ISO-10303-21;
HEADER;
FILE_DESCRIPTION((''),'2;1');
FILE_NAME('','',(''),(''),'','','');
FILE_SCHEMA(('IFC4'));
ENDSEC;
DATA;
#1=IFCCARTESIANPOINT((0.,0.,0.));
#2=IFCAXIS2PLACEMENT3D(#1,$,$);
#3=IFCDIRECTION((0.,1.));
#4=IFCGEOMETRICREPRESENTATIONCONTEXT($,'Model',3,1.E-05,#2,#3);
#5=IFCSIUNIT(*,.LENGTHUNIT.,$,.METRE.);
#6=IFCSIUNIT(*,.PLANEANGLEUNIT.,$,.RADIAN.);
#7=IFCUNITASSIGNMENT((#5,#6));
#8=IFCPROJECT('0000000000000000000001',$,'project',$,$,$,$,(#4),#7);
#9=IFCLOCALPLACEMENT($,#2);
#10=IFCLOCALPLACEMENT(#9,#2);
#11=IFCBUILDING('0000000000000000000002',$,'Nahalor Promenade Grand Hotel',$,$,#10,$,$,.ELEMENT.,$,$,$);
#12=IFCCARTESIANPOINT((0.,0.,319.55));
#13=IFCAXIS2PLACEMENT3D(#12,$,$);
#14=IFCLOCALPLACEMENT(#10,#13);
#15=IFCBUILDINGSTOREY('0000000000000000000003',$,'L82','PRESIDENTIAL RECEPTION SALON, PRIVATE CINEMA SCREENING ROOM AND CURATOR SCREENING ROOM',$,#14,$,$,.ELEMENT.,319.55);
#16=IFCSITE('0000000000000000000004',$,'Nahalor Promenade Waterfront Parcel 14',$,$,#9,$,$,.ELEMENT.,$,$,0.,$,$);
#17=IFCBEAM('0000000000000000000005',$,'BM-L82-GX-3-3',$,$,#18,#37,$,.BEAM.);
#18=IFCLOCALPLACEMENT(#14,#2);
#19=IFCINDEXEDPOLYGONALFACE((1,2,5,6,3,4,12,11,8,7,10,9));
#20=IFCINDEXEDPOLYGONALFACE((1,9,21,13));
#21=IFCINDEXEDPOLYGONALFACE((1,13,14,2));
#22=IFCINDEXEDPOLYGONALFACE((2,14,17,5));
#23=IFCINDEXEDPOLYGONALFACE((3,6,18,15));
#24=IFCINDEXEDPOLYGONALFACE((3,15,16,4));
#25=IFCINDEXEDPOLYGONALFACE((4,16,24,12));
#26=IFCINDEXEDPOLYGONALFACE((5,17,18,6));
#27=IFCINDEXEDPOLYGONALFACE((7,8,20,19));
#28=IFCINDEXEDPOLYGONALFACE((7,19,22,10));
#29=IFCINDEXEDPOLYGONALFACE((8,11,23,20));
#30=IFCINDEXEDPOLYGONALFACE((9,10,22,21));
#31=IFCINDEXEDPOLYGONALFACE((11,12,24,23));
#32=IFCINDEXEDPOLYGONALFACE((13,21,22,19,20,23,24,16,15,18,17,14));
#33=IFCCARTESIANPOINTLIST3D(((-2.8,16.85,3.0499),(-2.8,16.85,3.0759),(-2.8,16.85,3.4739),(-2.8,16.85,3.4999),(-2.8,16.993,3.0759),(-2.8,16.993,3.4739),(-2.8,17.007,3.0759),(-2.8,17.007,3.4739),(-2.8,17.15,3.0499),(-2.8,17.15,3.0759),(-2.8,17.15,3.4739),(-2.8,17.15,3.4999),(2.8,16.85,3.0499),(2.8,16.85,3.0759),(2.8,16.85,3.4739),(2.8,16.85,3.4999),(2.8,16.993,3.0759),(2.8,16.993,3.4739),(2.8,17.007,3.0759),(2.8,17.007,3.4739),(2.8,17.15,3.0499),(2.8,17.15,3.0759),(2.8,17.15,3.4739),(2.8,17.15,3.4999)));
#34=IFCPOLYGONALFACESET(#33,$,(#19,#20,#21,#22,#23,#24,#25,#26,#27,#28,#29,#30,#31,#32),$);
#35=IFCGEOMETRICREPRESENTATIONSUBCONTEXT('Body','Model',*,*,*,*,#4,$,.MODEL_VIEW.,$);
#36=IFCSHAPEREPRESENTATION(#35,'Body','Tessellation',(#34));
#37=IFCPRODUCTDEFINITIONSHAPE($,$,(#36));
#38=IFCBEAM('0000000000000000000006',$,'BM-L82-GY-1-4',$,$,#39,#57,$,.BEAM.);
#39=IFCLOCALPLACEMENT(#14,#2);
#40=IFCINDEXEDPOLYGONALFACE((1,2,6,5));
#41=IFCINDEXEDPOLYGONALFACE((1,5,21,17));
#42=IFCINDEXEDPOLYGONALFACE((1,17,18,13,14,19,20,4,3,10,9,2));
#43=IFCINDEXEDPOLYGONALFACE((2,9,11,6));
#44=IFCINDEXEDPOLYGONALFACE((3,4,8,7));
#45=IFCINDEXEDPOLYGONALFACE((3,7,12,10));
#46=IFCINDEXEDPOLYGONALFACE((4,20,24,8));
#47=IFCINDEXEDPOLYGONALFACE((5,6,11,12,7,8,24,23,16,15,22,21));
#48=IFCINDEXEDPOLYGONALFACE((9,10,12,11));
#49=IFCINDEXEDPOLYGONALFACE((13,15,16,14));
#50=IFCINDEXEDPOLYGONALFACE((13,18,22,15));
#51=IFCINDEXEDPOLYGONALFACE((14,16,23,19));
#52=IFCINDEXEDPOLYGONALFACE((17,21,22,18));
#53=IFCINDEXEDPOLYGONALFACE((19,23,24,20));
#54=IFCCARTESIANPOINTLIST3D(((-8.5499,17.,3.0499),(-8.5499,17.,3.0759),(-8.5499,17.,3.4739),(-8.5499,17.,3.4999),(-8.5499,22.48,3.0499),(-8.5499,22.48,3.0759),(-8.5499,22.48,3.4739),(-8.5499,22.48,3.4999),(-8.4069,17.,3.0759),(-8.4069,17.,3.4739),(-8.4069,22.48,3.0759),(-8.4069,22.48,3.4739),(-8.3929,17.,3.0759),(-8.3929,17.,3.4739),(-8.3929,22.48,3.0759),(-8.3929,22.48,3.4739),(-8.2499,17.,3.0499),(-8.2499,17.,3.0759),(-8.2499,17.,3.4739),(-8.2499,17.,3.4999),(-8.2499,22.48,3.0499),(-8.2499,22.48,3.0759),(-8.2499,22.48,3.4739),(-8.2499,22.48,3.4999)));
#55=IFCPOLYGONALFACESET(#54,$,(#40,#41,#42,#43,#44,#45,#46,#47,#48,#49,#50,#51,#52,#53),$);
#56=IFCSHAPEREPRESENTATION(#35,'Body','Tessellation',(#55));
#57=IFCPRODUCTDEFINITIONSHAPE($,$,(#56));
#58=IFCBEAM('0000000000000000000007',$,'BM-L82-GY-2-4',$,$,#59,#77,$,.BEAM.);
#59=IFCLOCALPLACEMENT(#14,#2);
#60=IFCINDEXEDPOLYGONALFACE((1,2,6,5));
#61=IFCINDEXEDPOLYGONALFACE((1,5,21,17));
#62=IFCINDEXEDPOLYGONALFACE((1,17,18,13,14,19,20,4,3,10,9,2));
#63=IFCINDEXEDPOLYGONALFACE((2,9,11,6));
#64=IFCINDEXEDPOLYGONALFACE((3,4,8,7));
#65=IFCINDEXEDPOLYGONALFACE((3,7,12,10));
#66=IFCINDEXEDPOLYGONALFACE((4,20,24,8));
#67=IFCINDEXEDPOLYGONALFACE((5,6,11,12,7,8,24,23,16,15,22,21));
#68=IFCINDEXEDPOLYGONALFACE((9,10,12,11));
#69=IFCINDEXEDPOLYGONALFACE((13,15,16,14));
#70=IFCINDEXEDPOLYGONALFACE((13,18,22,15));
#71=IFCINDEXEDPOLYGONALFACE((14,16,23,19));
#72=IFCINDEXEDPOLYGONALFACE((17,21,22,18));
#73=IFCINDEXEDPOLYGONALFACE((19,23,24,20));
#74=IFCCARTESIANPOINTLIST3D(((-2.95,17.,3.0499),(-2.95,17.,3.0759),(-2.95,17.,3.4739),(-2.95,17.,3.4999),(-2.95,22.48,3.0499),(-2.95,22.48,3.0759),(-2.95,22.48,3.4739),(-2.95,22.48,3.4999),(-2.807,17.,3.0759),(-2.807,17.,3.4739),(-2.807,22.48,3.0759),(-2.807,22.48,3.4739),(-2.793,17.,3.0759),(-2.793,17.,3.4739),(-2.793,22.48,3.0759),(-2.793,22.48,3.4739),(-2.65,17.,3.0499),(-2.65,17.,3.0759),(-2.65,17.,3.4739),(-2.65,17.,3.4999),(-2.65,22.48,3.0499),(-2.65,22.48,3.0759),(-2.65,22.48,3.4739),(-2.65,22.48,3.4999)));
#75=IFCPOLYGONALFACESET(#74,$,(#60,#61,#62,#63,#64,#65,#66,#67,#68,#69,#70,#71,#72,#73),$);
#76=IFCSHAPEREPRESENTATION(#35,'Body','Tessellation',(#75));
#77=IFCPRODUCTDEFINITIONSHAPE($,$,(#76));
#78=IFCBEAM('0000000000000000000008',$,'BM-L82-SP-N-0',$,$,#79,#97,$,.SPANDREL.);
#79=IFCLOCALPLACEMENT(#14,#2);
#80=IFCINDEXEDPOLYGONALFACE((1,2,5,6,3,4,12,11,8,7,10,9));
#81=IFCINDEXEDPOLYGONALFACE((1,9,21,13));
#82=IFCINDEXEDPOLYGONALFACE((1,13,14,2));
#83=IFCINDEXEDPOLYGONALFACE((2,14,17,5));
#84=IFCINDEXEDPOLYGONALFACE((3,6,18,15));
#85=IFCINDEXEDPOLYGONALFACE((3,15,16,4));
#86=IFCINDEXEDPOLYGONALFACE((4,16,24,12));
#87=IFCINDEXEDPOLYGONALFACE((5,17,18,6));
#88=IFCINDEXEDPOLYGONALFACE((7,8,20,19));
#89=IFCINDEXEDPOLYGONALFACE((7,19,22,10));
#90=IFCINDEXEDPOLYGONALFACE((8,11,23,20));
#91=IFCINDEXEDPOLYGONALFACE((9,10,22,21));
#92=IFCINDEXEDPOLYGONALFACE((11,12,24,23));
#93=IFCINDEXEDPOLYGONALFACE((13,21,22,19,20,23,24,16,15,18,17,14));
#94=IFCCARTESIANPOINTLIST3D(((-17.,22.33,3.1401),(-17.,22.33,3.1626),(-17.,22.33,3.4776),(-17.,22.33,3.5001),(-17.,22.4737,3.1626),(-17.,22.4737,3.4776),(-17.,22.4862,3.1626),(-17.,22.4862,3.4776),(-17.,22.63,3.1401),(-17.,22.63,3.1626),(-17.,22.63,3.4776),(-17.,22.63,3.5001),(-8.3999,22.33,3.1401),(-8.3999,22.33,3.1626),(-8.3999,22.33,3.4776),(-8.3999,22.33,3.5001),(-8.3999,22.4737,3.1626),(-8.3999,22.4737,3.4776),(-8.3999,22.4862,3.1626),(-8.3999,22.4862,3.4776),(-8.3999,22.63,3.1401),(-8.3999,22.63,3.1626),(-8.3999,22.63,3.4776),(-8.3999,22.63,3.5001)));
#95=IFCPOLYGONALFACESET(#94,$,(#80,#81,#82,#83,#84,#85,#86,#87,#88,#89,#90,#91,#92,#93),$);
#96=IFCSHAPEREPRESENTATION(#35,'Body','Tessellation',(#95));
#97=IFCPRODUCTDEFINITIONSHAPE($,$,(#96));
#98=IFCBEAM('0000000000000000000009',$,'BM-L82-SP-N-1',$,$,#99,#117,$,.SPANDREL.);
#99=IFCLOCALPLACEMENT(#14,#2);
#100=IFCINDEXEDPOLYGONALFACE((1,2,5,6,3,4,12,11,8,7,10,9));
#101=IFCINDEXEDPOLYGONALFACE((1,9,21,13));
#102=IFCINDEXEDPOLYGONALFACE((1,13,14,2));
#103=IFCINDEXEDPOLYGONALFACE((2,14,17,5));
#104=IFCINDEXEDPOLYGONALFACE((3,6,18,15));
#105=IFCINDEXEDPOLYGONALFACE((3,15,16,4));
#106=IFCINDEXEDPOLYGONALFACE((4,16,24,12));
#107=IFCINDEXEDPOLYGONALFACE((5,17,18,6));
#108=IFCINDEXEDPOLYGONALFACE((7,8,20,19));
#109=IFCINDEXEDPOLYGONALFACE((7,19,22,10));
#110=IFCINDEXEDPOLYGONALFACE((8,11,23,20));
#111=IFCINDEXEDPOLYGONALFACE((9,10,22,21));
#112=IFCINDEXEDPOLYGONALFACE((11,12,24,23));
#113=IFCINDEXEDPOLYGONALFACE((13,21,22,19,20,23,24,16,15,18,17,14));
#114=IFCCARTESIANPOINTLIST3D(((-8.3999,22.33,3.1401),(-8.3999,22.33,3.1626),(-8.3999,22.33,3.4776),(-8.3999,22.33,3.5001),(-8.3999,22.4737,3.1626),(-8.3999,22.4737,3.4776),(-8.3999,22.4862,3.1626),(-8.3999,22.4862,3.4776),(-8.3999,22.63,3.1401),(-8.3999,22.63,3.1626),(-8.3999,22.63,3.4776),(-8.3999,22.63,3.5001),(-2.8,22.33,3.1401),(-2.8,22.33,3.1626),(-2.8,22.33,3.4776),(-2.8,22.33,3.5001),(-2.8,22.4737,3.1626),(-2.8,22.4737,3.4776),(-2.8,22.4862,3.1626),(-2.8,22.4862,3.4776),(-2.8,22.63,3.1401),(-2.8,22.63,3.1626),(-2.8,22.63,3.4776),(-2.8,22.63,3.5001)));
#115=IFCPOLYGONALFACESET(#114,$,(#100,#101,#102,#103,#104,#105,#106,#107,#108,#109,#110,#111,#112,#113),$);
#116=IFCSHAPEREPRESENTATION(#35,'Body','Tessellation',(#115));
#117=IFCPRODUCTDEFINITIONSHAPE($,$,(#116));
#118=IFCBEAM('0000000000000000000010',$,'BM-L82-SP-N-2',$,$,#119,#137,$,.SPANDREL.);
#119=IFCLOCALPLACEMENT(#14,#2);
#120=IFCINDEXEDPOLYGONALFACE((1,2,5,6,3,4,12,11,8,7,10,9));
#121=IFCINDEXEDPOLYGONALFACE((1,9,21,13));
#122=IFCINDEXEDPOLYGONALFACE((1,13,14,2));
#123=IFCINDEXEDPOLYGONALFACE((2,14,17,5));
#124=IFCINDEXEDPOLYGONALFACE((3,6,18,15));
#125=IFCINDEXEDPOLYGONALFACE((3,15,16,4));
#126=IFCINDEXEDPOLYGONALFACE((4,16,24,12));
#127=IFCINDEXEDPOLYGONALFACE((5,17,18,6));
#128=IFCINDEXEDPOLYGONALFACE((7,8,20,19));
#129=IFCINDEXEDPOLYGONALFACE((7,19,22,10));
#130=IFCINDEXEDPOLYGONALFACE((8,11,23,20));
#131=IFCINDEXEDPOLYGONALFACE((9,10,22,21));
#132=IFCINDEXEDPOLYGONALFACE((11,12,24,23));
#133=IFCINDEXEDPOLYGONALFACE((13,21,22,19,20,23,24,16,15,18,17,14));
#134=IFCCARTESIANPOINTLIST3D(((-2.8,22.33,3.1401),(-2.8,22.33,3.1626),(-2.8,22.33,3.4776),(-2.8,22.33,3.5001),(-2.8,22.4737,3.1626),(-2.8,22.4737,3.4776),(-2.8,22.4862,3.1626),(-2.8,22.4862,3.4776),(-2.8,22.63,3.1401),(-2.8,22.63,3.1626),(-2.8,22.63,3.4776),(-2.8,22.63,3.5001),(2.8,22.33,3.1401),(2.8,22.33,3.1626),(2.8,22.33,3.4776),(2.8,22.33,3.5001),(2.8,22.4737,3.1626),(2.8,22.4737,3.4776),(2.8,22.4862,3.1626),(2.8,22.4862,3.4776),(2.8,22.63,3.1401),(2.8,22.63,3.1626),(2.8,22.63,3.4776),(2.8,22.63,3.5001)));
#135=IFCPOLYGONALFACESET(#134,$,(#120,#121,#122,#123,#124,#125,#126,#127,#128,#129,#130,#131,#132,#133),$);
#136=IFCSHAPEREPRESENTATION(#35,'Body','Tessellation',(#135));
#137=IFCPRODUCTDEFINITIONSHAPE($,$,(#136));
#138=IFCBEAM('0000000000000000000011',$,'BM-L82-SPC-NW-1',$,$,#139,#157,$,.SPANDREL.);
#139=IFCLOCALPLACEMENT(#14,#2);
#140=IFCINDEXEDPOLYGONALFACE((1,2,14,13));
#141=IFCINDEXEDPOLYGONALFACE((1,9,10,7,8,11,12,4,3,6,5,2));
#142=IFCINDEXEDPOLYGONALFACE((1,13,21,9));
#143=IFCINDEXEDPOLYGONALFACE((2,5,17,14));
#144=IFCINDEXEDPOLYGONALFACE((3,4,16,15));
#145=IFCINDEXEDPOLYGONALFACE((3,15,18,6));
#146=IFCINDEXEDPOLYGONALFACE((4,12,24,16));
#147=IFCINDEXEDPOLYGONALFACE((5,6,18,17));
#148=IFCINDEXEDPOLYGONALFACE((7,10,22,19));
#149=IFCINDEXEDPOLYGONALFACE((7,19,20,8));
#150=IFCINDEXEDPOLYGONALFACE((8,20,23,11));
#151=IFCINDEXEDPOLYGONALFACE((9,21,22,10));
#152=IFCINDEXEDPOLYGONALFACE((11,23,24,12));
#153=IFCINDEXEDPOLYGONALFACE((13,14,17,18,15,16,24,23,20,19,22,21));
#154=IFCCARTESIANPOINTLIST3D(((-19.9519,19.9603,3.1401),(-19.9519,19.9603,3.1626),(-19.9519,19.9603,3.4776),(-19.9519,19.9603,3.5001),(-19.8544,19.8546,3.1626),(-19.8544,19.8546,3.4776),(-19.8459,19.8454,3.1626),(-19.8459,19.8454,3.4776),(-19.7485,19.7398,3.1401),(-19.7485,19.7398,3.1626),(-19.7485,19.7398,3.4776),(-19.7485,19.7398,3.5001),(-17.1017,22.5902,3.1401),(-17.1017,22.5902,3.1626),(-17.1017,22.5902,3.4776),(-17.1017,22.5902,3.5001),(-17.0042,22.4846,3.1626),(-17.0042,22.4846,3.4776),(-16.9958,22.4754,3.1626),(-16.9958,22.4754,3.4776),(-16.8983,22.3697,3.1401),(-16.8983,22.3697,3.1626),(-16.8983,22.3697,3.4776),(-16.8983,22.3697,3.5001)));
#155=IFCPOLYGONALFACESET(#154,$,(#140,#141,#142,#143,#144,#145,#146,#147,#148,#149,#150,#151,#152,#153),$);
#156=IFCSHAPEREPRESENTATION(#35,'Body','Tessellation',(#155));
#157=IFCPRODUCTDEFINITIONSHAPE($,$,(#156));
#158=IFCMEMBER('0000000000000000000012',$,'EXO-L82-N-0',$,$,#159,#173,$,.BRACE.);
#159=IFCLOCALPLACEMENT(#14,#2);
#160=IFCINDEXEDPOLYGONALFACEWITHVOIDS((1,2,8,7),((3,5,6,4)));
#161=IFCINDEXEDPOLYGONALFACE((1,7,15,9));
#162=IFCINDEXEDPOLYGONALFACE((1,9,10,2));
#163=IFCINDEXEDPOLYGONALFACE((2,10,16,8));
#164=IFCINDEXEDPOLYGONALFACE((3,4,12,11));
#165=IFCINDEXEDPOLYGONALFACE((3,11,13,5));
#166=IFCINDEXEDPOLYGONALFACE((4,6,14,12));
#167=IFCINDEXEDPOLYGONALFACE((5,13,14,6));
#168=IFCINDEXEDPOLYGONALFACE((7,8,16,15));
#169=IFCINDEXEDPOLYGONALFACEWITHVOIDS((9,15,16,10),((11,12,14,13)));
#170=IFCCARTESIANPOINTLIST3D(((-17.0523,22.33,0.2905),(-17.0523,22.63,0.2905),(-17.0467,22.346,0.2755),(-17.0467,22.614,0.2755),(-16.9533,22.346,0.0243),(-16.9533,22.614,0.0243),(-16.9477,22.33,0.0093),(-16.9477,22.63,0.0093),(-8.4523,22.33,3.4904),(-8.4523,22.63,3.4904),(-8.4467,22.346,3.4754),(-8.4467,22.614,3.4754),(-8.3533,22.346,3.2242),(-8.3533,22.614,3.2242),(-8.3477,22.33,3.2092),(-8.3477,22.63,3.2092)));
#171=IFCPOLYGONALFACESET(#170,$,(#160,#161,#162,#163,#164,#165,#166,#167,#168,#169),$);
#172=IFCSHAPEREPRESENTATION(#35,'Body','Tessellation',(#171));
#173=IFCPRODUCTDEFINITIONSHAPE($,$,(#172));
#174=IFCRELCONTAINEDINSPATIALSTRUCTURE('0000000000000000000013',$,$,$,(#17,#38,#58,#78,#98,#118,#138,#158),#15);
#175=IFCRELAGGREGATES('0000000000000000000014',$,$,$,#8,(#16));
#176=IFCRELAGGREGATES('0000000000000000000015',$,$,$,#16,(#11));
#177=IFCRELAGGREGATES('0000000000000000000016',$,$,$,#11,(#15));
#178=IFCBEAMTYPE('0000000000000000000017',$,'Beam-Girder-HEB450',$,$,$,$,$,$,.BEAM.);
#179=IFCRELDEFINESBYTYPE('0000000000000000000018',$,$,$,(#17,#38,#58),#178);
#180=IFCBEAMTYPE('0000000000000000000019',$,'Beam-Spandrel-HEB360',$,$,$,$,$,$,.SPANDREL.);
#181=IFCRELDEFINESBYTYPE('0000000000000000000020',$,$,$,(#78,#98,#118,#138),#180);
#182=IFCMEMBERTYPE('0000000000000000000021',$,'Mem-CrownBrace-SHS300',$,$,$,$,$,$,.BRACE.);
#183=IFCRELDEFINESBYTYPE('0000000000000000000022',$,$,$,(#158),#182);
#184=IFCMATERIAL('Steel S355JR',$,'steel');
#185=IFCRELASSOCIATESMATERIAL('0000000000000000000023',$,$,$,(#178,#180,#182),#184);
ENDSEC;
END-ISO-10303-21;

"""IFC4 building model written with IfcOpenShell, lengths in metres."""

from ifc_helpers import new_model, si_unit, direction, frame, origin, origin_2d, place, context, subcontext, project, spatial, hollow_rectangle, i_section, extrude, source, transform, mapped, material, material_profile, profile_set, type_object, element, save


model = new_model("IFC4")

# Units and contexts
model_context = context("Model", 3, precision=1e-05, world=origin(), true_north=direction((0.0, 1.0)))
body_context = subcontext(model_context, "Body", "Model", "MODEL_VIEW")
ifc_project = project(units=[si_unit("LENGTHUNIT", "METRE"), si_unit("PLANEANGLEUNIT", "RADIAN")], contexts=[model_context])

# Site, building, storey
site_placement = place(None, origin())
site = spatial("IfcSite", under=ifc_project, at=site_placement, Name="Nahalor Promenade Waterfront Parcel 14", CompositionType="ELEMENT", RefElevation=0.0)
building_placement = place(site_placement, origin())
building = spatial("IfcBuilding", under=site, at=building_placement, Name="Nahalor Promenade Grand Hotel", CompositionType="ELEMENT")
storey_placement = place(building_placement, frame((0.0, 0.0, 319.55)))
storey = spatial("IfcBuildingStorey", under=building, at=storey_placement, Name="L82", Description="PRESIDENTIAL RECEPTION SALON, PRIVATE CINEMA SCREENING ROOM AND CURATOR SCREENING ROOM", CompositionType="ELEMENT", Elevation=319.55)

# Shared definitions
ifc_material_1 = material(Name="Steel S355JR", Category="steel")

# Beams
ifc_material_profile_1 = material_profile(ifc_material_1, i_section(OverallWidth=0.3, OverallDepth=0.45, WebThickness=0.014, FlangeThickness=0.026, at=origin_2d()), Name="HEB 450")
ifc_profile_set_1 = profile_set([ifc_material_profile_1], Name="Steel S355JR")
beam_type_1 = type_object("IfcBeamType", Name="Beam-Girder-HEB450", PredefinedType="BEAM", material=ifc_profile_set_1)
shared_shape_1 = source(origin(), body_context, "Body", "SweptSolid", [
    extrude(i_section(OverallWidth=0.3, OverallDepth=0.45, WebThickness=0.014, FlangeThickness=0.026, at=origin_2d()), origin(), (0.0, 0.0, 1.0), 5.6001),
])
beam_1_placement = place(storey_placement, frame((-2.8, 17.0, 3.2749), z_axis=(1.0, 0.0, 0.0), x_axis=(0.0, 1.0, 0.0)))
element("IfcBeam", 1, at=beam_1_placement, inside=storey, type_object=beam_type_1, Name="BM-L82-GX-3-3", PredefinedType="BEAM", context=body_context, shape_type="MappedRepresentation", body=[
    mapped(shared_shape_1, transform((0.0, 0.0, 0.0), scale=1.0)),
])
shared_shape_2 = source(origin(), body_context, "Body", "SweptSolid", [
    extrude(i_section(OverallWidth=0.3, OverallDepth=0.45, WebThickness=0.014, FlangeThickness=0.026, at=origin_2d()), origin(), (0.0, 0.0, 1.0), 5.48),
])
for number, where, z_axis, x_axis, name in (
    (2, (-8.3999, 17.0, 3.2749), (0.0, 1.0, 0.0), (-1.0, 0.0, 0.0), "BM-L82-GY-1-4"),
    (3, (-2.8, 17.0, 3.2749), (0.0, 1.0, 0.0), (-1.0, 0.0, 0.0), "BM-L82-GY-2-4"),
):
    element("IfcBeam", number, at=place(storey_placement, frame(where, z_axis=z_axis, x_axis=x_axis)), inside=storey, type_object=beam_type_1, Name=name, PredefinedType="BEAM", context=body_context, shape_type="MappedRepresentation", body=[
        mapped(shared_shape_2, transform((0.0, 0.0, 0.0), scale=1.0)),
    ])
ifc_material_profile_2 = material_profile(ifc_material_1, i_section(OverallWidth=0.3, OverallDepth=0.36, WebThickness=0.0125, FlangeThickness=0.0225, at=origin_2d()), Name="HEB 360")
ifc_profile_set_2 = profile_set([ifc_material_profile_2], Name="Steel S355JR")
beam_type_2 = type_object("IfcBeamType", Name="Beam-Spandrel-HEB360", PredefinedType="SPANDREL", material=ifc_profile_set_2)
shared_shape_3 = source(origin(), body_context, "Body", "SweptSolid", [
    extrude(i_section(OverallWidth=0.3, OverallDepth=0.36, WebThickness=0.0125, FlangeThickness=0.0225, at=origin_2d()), origin(), (0.0, 0.0, 1.0), 8.6001),
])
beam_2_placement = place(storey_placement, frame((-17.0, 22.48, 3.3201), z_axis=(1.0, 0.0, 0.0), x_axis=(0.0, 1.0, 0.0)))
element("IfcBeam", 4, at=beam_2_placement, inside=storey, type_object=beam_type_2, Name="BM-L82-SP-N-0", PredefinedType="SPANDREL", context=body_context, shape_type="MappedRepresentation", body=[
    mapped(shared_shape_3, transform((0.0, 0.0, 0.0), scale=1.0)),
])
shared_shape_4 = source(origin(), body_context, "Body", "SweptSolid", [
    extrude(i_section(OverallWidth=0.3, OverallDepth=0.36, WebThickness=0.0125, FlangeThickness=0.0225, at=origin_2d()), origin(), (0.0, 0.0, 1.0), 5.5999),
])
beam_3_placement = place(storey_placement, frame((-8.3999, 22.48, 3.3201), z_axis=(1.0, 0.0, 0.0), x_axis=(0.0, 1.0, 0.0)))
element("IfcBeam", 5, at=beam_3_placement, inside=storey, type_object=beam_type_2, Name="BM-L82-SP-N-1", PredefinedType="SPANDREL", context=body_context, shape_type="MappedRepresentation", body=[
    mapped(shared_shape_4, transform((0.0, 0.0, 0.0), scale=1.0)),
])
shared_shape_5 = source(origin(), body_context, "Body", "SweptSolid", [
    extrude(i_section(OverallWidth=0.3, OverallDepth=0.36, WebThickness=0.0125, FlangeThickness=0.0225, at=origin_2d()), origin(), (0.0, 0.0, 1.0), 5.6001),
])
beam_4_placement = place(storey_placement, frame((-2.8, 22.48, 3.3201), z_axis=(1.0, 0.0, 0.0), x_axis=(0.0, 1.0, 0.0)))
element("IfcBeam", 6, at=beam_4_placement, inside=storey, type_object=beam_type_2, Name="BM-L82-SP-N-2", PredefinedType="SPANDREL", context=body_context, shape_type="MappedRepresentation", body=[
    mapped(shared_shape_5, transform((0.0, 0.0, 0.0), scale=1.0)),
])
shared_shape_6 = source(origin(), body_context, "Body", "SweptSolid", [
    extrude(i_section(OverallWidth=0.3, OverallDepth=0.36, WebThickness=0.0125, FlangeThickness=0.0225, at=origin_2d()), origin(), (0.0, 0.0, 1.0), 3.8782),
])
beam_5_placement = place(storey_placement, frame((-17.0, 22.48, 3.3201), z_axis=(-0.734929, -0.678144, 0.0), x_axis=(0.678144, -0.734929, 0.0)))
element("IfcBeam", 7, at=beam_5_placement, inside=storey, type_object=beam_type_2, Name="BM-L82-SPC-NW-1", PredefinedType="SPANDREL", context=body_context, shape_type="MappedRepresentation", body=[
    mapped(shared_shape_6, transform((0.0, 0.0, 0.0), scale=1.0)),
])

# Member
ifc_material_profile_3 = material_profile(ifc_material_1, hollow_rectangle(XDim=0.3, YDim=0.3, WallThickness=0.016, at=origin_2d()), Name="SHS 300x300x16")
ifc_profile_set_3 = profile_set([ifc_material_profile_3], Name="Steel S355JR")
member_type_1 = type_object("IfcMemberType", Name="Mem-CrownBrace-SHS300", PredefinedType="BRACE", material=ifc_profile_set_3)
shared_shape_7 = source(origin(), body_context, "Body", "SweptSolid", [
    extrude(hollow_rectangle(XDim=0.3, YDim=0.3, WallThickness=0.016, at=origin_2d()), origin(), (0.0, 0.0, 1.0), 9.176),
])
member_1_placement = place(storey_placement, frame((-17.0, 22.48, 0.1499), z_axis=(0.937225, 0.0, 0.348726), x_axis=(0.0, 1.0, 0.0)))
element("IfcMember", 8, at=member_1_placement, inside=storey, type_object=member_type_1, Name="EXO-L82-N-0", PredefinedType="BRACE", context=body_context, shape_type="MappedRepresentation", body=[
    mapped(shared_shape_7, transform((0.0, 0.0, 0.0), scale=1.0)),
])

save(model, "model.ifc")
